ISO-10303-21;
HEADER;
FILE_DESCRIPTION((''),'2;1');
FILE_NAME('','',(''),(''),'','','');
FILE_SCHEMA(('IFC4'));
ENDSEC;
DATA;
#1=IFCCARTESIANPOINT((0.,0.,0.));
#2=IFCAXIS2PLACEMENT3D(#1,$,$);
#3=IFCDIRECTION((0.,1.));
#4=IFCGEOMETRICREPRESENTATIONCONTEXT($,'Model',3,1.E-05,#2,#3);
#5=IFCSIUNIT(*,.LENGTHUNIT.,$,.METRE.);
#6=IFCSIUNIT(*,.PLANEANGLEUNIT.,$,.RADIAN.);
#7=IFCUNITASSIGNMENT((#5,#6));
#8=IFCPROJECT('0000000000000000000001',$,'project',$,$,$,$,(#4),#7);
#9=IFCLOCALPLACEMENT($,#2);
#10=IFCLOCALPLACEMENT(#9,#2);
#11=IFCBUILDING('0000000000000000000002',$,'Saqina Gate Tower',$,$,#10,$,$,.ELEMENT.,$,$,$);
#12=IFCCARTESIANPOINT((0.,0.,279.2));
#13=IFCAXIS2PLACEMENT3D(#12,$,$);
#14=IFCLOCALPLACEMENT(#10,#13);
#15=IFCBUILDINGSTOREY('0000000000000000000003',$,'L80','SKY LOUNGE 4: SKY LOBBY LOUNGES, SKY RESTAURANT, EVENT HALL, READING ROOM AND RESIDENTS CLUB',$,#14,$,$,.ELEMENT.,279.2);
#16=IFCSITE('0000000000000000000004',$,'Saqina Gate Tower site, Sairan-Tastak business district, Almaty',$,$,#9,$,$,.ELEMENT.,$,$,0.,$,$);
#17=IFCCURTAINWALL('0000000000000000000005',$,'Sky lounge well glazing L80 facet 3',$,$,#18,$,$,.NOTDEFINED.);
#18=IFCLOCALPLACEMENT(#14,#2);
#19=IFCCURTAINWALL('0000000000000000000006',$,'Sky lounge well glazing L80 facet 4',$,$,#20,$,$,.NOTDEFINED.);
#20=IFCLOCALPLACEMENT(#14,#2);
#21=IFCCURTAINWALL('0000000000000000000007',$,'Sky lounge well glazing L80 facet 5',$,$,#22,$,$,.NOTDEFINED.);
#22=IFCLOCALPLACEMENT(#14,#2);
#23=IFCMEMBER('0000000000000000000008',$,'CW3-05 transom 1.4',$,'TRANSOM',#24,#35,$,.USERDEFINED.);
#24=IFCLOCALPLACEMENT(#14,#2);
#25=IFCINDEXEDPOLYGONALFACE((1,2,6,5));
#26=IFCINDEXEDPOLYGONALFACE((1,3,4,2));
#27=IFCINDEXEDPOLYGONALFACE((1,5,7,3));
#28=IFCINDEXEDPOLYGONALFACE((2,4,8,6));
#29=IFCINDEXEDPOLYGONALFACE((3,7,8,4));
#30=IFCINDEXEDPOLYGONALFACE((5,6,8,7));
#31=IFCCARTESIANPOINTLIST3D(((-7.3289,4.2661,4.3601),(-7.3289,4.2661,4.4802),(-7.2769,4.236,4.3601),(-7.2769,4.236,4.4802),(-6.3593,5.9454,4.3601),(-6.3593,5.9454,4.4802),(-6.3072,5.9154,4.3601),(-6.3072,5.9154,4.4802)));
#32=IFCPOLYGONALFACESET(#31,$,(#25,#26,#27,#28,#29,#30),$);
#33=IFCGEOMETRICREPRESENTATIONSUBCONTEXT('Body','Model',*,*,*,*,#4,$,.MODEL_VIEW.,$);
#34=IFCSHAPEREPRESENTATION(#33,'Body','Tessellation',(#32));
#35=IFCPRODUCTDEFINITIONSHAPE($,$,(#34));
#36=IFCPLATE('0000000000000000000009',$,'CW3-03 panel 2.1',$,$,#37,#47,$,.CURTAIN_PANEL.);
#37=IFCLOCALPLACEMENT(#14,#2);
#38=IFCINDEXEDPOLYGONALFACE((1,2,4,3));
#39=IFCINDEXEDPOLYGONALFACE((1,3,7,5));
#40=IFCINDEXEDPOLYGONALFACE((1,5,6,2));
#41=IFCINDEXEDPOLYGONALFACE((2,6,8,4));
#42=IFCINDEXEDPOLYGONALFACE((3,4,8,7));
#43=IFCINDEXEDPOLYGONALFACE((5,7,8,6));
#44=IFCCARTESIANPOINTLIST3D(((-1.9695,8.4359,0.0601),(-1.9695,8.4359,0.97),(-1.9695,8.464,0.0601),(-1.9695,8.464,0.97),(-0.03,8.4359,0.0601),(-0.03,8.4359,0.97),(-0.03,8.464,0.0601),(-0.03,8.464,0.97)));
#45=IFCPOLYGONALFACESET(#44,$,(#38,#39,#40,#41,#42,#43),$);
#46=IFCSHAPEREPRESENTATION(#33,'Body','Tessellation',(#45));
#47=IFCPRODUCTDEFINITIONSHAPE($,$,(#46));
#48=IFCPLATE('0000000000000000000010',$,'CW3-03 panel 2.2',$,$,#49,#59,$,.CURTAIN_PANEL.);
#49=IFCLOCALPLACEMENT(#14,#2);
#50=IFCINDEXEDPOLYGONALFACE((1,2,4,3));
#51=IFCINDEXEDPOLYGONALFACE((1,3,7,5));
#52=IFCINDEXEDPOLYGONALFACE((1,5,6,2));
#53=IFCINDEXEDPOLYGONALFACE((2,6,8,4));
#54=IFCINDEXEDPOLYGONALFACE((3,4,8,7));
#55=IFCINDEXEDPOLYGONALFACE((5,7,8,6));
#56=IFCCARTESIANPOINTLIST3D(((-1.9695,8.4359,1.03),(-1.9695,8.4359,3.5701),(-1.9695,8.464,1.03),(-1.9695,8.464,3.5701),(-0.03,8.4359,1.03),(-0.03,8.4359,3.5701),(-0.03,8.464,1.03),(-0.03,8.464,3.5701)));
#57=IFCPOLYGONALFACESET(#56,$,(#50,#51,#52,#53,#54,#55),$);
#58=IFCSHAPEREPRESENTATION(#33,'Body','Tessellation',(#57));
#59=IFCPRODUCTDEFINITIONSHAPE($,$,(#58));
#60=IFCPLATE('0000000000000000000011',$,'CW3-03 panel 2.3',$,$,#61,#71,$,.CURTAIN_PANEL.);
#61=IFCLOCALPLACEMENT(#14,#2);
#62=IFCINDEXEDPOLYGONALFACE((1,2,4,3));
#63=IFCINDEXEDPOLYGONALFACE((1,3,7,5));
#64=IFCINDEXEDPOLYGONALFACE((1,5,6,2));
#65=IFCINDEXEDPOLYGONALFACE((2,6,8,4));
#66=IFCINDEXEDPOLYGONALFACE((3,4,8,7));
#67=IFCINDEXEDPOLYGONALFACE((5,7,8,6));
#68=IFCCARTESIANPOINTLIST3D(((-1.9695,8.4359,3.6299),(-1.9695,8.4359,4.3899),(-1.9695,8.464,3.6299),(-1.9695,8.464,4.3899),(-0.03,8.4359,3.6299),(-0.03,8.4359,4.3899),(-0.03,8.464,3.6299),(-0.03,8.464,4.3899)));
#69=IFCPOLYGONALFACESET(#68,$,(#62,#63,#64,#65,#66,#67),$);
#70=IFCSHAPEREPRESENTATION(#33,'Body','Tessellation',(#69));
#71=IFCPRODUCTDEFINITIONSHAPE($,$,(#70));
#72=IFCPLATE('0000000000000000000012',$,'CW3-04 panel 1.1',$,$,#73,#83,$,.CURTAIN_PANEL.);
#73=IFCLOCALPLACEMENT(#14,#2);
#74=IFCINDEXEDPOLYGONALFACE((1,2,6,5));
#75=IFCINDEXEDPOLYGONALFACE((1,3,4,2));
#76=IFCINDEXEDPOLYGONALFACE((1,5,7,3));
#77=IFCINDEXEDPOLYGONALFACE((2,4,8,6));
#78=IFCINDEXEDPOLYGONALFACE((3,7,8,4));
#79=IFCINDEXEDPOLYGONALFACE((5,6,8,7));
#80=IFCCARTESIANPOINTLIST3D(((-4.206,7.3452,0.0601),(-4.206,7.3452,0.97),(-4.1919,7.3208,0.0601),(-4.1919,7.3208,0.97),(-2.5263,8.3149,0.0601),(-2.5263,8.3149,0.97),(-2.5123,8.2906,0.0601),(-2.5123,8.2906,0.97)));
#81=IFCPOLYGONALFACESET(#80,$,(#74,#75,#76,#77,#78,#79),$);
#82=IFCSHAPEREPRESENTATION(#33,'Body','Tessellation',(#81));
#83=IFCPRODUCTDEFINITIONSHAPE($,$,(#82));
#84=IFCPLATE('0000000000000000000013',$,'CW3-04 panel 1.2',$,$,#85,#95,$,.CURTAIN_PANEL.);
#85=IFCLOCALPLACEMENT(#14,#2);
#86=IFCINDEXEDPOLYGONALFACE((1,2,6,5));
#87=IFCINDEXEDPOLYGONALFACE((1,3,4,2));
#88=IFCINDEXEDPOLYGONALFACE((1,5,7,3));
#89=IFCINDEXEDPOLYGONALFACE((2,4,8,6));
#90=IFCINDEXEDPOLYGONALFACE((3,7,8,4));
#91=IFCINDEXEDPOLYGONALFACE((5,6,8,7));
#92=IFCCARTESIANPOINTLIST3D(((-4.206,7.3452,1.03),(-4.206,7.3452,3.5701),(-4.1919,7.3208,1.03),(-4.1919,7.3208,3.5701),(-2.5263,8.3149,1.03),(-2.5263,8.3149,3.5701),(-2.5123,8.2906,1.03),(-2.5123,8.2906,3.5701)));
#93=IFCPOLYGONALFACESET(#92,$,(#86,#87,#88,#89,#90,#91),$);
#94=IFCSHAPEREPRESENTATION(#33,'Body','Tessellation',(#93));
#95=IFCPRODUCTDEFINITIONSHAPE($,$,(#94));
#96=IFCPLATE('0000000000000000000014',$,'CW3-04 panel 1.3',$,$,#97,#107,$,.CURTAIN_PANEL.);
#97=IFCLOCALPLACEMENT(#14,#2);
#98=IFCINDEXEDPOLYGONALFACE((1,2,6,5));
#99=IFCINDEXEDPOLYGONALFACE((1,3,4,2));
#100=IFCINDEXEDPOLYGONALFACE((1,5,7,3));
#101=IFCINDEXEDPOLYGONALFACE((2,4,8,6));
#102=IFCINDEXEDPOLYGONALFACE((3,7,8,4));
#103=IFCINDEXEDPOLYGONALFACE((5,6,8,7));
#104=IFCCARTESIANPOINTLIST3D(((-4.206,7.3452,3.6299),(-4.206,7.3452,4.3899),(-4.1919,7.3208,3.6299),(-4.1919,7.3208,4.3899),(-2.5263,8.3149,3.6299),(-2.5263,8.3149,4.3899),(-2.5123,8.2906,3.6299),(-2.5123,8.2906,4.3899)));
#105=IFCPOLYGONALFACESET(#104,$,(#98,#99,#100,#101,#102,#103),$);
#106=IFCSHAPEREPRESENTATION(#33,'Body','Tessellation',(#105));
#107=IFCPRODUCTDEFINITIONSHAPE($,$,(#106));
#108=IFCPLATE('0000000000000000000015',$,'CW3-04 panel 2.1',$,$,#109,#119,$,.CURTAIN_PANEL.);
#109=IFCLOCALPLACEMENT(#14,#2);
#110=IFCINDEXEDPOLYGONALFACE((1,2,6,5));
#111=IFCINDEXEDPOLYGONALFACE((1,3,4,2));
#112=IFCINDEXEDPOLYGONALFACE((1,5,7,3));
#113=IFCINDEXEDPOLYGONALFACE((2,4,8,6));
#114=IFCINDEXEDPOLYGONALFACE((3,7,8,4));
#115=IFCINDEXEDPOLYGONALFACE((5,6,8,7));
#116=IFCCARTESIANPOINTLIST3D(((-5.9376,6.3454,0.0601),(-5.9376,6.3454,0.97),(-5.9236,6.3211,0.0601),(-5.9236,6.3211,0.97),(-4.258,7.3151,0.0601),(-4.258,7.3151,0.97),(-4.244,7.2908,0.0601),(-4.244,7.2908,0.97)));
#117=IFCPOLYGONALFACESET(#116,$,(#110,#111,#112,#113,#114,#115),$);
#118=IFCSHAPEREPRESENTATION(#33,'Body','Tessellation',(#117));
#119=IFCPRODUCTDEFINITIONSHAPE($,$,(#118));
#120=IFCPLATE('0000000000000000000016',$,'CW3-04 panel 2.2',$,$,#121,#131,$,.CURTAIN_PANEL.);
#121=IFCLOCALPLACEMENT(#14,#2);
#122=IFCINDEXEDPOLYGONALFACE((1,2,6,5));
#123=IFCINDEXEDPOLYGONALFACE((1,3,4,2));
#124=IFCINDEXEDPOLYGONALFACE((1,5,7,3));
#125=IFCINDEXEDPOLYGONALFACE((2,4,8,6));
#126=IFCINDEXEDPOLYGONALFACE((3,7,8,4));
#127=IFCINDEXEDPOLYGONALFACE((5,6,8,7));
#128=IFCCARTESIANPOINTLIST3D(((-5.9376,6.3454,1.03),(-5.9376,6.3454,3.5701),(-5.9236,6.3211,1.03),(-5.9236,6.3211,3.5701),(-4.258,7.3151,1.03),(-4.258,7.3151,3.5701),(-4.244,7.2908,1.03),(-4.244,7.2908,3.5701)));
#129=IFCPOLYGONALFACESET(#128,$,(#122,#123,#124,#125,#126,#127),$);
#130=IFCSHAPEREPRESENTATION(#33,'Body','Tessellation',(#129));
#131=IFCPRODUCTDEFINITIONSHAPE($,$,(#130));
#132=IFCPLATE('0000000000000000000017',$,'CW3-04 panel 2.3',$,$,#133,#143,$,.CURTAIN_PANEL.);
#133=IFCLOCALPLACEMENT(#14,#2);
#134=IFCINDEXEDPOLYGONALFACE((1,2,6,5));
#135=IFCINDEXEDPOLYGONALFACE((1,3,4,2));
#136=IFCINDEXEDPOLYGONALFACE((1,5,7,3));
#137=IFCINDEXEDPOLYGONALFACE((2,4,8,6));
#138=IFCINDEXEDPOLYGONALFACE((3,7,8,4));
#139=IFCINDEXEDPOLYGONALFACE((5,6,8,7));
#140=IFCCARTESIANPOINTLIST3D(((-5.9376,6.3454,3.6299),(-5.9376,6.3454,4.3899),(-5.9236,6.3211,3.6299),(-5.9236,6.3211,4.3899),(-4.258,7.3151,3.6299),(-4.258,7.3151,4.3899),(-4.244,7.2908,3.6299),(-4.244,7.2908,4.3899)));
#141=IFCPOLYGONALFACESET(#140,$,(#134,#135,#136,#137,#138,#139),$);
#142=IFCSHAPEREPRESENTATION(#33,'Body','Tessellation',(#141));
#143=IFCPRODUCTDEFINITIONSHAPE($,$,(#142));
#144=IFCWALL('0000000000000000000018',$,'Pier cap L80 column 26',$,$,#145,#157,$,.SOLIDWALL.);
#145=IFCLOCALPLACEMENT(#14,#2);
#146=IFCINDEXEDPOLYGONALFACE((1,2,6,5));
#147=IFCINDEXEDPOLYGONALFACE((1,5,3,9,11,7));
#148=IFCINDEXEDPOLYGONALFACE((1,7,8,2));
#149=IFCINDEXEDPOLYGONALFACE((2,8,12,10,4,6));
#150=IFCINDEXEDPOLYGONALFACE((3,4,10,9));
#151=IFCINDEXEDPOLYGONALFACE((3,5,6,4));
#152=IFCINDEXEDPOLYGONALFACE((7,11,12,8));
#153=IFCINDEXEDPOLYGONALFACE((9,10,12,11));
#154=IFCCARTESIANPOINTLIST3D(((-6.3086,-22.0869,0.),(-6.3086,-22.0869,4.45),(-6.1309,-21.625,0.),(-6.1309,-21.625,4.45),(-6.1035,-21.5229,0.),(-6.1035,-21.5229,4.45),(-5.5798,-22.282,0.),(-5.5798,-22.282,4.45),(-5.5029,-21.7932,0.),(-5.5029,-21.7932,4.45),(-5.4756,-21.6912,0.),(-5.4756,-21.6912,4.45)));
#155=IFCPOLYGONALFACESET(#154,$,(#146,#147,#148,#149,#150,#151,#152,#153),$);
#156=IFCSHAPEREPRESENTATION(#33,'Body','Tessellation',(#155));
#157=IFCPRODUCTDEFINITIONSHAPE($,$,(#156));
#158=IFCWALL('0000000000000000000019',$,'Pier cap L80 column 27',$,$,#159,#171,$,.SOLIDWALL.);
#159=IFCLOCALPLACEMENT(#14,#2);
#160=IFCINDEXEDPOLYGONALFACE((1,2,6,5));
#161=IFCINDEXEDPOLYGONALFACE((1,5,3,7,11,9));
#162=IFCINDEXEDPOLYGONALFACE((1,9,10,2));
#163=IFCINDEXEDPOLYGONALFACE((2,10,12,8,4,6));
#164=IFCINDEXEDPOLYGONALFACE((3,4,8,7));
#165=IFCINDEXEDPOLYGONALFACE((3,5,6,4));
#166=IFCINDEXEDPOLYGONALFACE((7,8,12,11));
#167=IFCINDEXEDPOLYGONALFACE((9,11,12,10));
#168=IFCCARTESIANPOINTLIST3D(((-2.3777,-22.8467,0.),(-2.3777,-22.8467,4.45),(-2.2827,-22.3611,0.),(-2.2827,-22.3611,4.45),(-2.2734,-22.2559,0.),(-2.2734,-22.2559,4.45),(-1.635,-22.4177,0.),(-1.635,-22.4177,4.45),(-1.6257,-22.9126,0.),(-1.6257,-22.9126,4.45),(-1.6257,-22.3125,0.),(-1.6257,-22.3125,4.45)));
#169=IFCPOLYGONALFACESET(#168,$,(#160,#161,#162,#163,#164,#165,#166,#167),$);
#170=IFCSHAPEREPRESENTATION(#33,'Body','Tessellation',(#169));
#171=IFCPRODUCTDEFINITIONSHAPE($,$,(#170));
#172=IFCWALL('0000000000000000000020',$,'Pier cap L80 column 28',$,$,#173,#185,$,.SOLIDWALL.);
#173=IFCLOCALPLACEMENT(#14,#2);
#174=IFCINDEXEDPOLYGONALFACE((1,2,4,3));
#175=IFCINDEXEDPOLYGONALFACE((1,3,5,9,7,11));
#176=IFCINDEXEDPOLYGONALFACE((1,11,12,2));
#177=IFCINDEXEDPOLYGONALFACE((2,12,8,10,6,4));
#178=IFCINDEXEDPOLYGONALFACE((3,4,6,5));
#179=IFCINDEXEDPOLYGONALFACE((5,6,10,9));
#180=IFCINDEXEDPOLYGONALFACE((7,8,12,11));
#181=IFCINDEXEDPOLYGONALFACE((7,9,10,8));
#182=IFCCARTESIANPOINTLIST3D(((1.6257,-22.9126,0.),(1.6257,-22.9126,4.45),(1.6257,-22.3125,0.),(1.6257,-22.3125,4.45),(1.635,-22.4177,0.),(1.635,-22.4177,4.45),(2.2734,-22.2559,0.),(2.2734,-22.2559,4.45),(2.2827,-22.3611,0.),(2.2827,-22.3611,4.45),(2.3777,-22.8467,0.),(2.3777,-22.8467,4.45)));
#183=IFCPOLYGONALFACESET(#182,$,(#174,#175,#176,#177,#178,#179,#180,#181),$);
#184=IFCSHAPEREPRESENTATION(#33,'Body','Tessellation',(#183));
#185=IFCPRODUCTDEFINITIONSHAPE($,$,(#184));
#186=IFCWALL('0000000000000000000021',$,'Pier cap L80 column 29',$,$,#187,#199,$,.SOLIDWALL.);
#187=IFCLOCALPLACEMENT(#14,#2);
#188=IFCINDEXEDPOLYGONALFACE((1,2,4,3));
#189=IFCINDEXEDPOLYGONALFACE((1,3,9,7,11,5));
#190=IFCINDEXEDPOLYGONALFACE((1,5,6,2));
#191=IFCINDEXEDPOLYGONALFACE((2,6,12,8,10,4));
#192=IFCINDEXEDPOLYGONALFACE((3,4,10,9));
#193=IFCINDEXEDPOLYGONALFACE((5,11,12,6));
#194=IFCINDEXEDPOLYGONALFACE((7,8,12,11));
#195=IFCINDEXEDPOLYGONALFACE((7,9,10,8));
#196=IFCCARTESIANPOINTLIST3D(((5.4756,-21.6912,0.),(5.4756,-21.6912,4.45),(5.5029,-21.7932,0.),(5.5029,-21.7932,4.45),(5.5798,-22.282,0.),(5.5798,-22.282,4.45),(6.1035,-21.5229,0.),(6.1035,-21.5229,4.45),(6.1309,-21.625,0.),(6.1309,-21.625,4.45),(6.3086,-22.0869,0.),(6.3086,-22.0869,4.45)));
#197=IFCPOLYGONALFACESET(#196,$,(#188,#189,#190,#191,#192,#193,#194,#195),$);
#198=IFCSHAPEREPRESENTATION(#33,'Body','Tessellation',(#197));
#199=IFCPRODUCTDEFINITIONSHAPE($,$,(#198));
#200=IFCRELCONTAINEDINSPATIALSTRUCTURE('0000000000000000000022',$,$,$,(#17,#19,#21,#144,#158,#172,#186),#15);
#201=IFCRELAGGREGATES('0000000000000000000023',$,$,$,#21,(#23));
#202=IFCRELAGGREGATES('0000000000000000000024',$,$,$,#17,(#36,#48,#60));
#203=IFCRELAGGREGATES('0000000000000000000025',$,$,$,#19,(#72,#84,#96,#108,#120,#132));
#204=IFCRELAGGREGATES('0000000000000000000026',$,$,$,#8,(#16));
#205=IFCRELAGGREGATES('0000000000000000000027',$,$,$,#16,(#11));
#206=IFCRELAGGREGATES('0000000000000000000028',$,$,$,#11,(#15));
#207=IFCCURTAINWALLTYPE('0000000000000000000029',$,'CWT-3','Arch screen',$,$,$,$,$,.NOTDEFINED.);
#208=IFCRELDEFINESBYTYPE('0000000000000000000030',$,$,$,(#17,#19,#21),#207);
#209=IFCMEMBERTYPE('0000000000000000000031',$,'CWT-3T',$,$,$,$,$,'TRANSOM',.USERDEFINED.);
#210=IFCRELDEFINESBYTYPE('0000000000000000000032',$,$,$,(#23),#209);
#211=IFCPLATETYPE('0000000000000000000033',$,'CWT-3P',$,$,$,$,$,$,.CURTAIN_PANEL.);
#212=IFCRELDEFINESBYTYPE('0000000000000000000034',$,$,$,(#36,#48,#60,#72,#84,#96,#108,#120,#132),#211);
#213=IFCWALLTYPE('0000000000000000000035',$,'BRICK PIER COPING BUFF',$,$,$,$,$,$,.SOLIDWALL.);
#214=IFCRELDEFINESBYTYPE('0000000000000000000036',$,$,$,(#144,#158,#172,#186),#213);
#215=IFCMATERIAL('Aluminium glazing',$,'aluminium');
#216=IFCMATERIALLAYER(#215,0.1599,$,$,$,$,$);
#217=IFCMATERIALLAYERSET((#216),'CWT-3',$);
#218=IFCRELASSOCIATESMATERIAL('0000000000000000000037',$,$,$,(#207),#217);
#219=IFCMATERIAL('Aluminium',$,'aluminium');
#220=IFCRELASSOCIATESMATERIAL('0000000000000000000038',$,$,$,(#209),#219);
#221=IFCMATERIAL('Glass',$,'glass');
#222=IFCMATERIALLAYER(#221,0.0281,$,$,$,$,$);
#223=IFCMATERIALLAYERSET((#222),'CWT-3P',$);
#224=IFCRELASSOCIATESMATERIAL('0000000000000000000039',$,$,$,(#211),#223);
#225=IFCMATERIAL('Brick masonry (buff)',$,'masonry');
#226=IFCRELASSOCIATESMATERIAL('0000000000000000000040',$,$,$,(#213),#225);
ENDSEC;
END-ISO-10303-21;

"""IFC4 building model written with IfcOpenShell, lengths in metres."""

from ifc_helpers import new_model, si_unit, direction, frame, origin, origin_2d, place, context, subcontext, project, spatial, polyline, rectangle, outline, extrude, material, layer, layer_set, material_profile, profile_set, type_object, element, aggregate, save


model = new_model("IFC4")

# Units and contexts
model_context = context("Model", 3, precision=1e-05, world=origin(), true_north=direction((0.0, 1.0)))
body_context = subcontext(model_context, "Body", "Model", "MODEL_VIEW")
ifc_project = project(units=[si_unit("LENGTHUNIT", "METRE"), si_unit("PLANEANGLEUNIT", "RADIAN")], contexts=[model_context])

# Site, building, storey
site_placement = place(None, origin())
site = spatial("IfcSite", under=ifc_project, at=site_placement, Name="Saqina Gate Tower site, Sairan-Tastak business district, Almaty", CompositionType="ELEMENT", RefElevation=0.0)
building_placement = place(site_placement, origin())
building = spatial("IfcBuilding", under=site, at=building_placement, Name="Saqina Gate Tower", CompositionType="ELEMENT")
storey_placement = place(building_placement, frame((0.0, 0.0, 279.2)))
storey = spatial("IfcBuildingStorey", under=building, at=storey_placement, Name="L80", Description="SKY LOUNGE 4: SKY LOBBY LOUNGES, SKY RESTAURANT, EVENT HALL, READING ROOM AND RESIDENTS CLUB", CompositionType="ELEMENT", Elevation=279.2)

# Curtain wall
ifc_material_1 = material(Name="Aluminium glazing", Category="aluminium")
ifc_layer_1 = layer(ifc_material_1, 0.1599)
ifc_layer_set_1 = layer_set([ifc_layer_1], Name="CWT-3")
curtain_wall_type = type_object("IfcCurtainWallType", Name="CWT-3", Description="Arch screen", PredefinedType="NOTDEFINED", material=ifc_layer_set_1)
curtain_wall_1_placement = place(storey_placement, origin())
curtain_wall_1 = element("IfcCurtainWall", 1, at=curtain_wall_1_placement, inside=storey, type_object=curtain_wall_type, Name="Sky lounge well glazing L80 facet 3", PredefinedType="NOTDEFINED")

# Curtain wall
curtain_wall_2_placement = place(storey_placement, origin())
curtain_wall_2 = element("IfcCurtainWall", 2, at=curtain_wall_2_placement, inside=storey, type_object=curtain_wall_type, Name="Sky lounge well glazing L80 facet 4", PredefinedType="NOTDEFINED")

# Curtain wall
curtain_wall_3_placement = place(storey_placement, origin())
curtain_wall_3 = element("IfcCurtainWall", 3, at=curtain_wall_3_placement, inside=storey, type_object=curtain_wall_type, Name="Sky lounge well glazing L80 facet 5", PredefinedType="NOTDEFINED")

# Member
ifc_material_2 = material(Name="Aluminium", Category="aluminium")
ifc_material_profile_1 = material_profile(ifc_material_2, rectangle(XDim=0.0601, YDim=0.1201, at=origin_2d()), Name="Aluminium 60x120")
ifc_profile_set_1 = profile_set([ifc_material_profile_1], Name="Aluminium")
member_type_1 = type_object("IfcMemberType", Name="CWT-3T", ElementType="TRANSOM", PredefinedType="USERDEFINED", material=ifc_profile_set_1)
member_1_placement = place(storey_placement, frame((-6.3333, 5.9304, 4.4202), z_axis=(-0.500038, -0.866003, 0.0), x_axis=(0.866003, -0.500038, 0.0)))
member_1 = element("IfcMember", 4, at=member_1_placement, type_object=member_type_1, Name="CW3-05 transom 1.4", ObjectType="TRANSOM", PredefinedType="USERDEFINED", context=body_context, shape_type="SweptSolid", body=[
    extrude(rectangle(XDim=0.0601, YDim=0.1201, at=origin_2d()), origin(), (0.0, 0.0, 1.0), 1.9392),
])
aggregate(curtain_wall_3, [member_1])

# Plates
ifc_material_3 = material(Name="Glass", Category="glass")
ifc_layer_2 = layer(ifc_material_3, 0.0281)
ifc_layer_set_2 = layer_set([ifc_layer_2], Name="CWT-3P")
plate_type = type_object("IfcPlateType", Name="CWT-3P", PredefinedType="CURTAIN_PANEL", material=ifc_layer_set_2)
plate_1_placement = place(storey_placement, frame((-0.9998, 8.45, 0.0601), z_axis=(0.0, 0.0, 1.0), x_axis=(-1.0, 0.0, 0.0)))
plate_1 = element("IfcPlate", 5, at=plate_1_placement, type_object=plate_type, Name="CW3-03 panel 2.1", PredefinedType="CURTAIN_PANEL", context=body_context, shape_type="SweptSolid", body=[
    extrude(rectangle(XDim=1.9395, YDim=0.0281, at=origin_2d()), origin(), (0.0, 0.0, 1.0), 0.9099),
])
plate_2_placement = place(storey_placement, frame((-0.9998, 8.45, 1.03), z_axis=(0.0, 0.0, 1.0), x_axis=(-1.0, 0.0, 0.0)))
plate_2 = element("IfcPlate", 6, at=plate_2_placement, type_object=plate_type, Name="CW3-03 panel 2.2", PredefinedType="CURTAIN_PANEL", context=body_context, shape_type="SweptSolid", body=[
    extrude(rectangle(XDim=1.9395, YDim=0.0281, at=origin_2d()), origin(), (0.0, 0.0, 1.0), 2.54),
])
plate_3_placement = place(storey_placement, frame((-0.9998, 8.45, 3.6299), z_axis=(0.0, 0.0, 1.0), x_axis=(-1.0, 0.0, 0.0)))
plate_3 = element("IfcPlate", 7, at=plate_3_placement, type_object=plate_type, Name="CW3-03 panel 2.3", PredefinedType="CURTAIN_PANEL", context=body_context, shape_type="SweptSolid", body=[
    extrude(rectangle(XDim=1.9395, YDim=0.0281, at=origin_2d()), origin(), (0.0, 0.0, 1.0), 0.76),
])
aggregate(curtain_wall_1, [plate_1, plate_2, plate_3])
plate_4_placement = place(storey_placement, frame((-3.3591, 7.8179, 0.0601), z_axis=(0.0, 0.0, 1.0), x_axis=(-0.866024, -0.500003, 0.0)))
plate_4 = element("IfcPlate", 8, at=plate_4_placement, type_object=plate_type, Name="CW3-04 panel 1.1", PredefinedType="CURTAIN_PANEL", context=body_context, shape_type="SweptSolid", body=[
    extrude(rectangle(XDim=1.9395, YDim=0.0281, at=origin_2d()), origin(), (0.0, 0.0, 1.0), 0.9099),
])
plate_5_placement = place(storey_placement, frame((-3.3591, 7.8179, 1.03), z_axis=(0.0, 0.0, 1.0), x_axis=(-0.866024, -0.500003, 0.0)))
plate_5 = element("IfcPlate", 9, at=plate_5_placement, type_object=plate_type, Name="CW3-04 panel 1.2", PredefinedType="CURTAIN_PANEL", context=body_context, shape_type="SweptSolid", body=[
    extrude(rectangle(XDim=1.9395, YDim=0.0281, at=origin_2d()), origin(), (0.0, 0.0, 1.0), 2.54),
])
plate_6_placement = place(storey_placement, frame((-3.3591, 7.8179, 3.6299), z_axis=(0.0, 0.0, 1.0), x_axis=(-0.866024, -0.500003, 0.0)))
plate_6 = element("IfcPlate", 10, at=plate_6_placement, type_object=plate_type, Name="CW3-04 panel 1.3", PredefinedType="CURTAIN_PANEL", context=body_context, shape_type="SweptSolid", body=[
    extrude(rectangle(XDim=1.9395, YDim=0.0281, at=origin_2d()), origin(), (0.0, 0.0, 1.0), 0.76),
])
plate_7_placement = place(storey_placement, frame((-5.0908, 6.8181, 0.0601), z_axis=(0.0, 0.0, 1.0), x_axis=(-0.866024, -0.500003, 0.0)))
plate_7 = element("IfcPlate", 11, at=plate_7_placement, type_object=plate_type, Name="CW3-04 panel 2.1", PredefinedType="CURTAIN_PANEL", context=body_context, shape_type="SweptSolid", body=[
    extrude(rectangle(XDim=1.9395, YDim=0.0281, at=origin_2d()), origin(), (0.0, 0.0, 1.0), 0.9099),
])
plate_8_placement = place(storey_placement, frame((-5.0908, 6.8181, 1.03), z_axis=(0.0, 0.0, 1.0), x_axis=(-0.866024, -0.500003, 0.0)))
plate_8 = element("IfcPlate", 12, at=plate_8_placement, type_object=plate_type, Name="CW3-04 panel 2.2", PredefinedType="CURTAIN_PANEL", context=body_context, shape_type="SweptSolid", body=[
    extrude(rectangle(XDim=1.9395, YDim=0.0281, at=origin_2d()), origin(), (0.0, 0.0, 1.0), 2.54),
])
plate_9_placement = place(storey_placement, frame((-5.0908, 6.8181, 3.6299), z_axis=(0.0, 0.0, 1.0), x_axis=(-0.866024, -0.500003, 0.0)))
plate_9 = element("IfcPlate", 13, at=plate_9_placement, type_object=plate_type, Name="CW3-04 panel 2.3", PredefinedType="CURTAIN_PANEL", context=body_context, shape_type="SweptSolid", body=[
    extrude(rectangle(XDim=1.9395, YDim=0.0281, at=origin_2d()), origin(), (0.0, 0.0, 1.0), 0.76),
])
aggregate(curtain_wall_2, [plate_4, plate_5, plate_6, plate_7, plate_8, plate_9])

# Walls
ifc_material_4 = material(Name="Brick masonry (buff)", Category="masonry")
wall_type_1 = type_object("IfcWallType", Name="BRICK PIER COPING BUFF", PredefinedType="SOLIDWALL", material=ifc_material_4)
wall_1_placement = place(storey_placement, origin())
element("IfcWall", 14, at=wall_1_placement, inside=storey, type_object=wall_type_1, Name="Pier cap L80 column 26", PredefinedType="SOLIDWALL", context=body_context, shape_type="SweptSolid", body=[
    extrude(outline(polyline([(-5.5798, -22.282), (-5.4756, -21.6912), (-5.5029, -21.7932), (-6.1309, -21.625), (-6.1035, -21.5229), (-6.3086, -22.0869), (-5.5798, -22.282)])), origin(), (0.0, 0.0, 1.0), 4.45),
])
wall_2_placement = place(storey_placement, origin())
element("IfcWall", 15, at=wall_2_placement, inside=storey, type_object=wall_type_1, Name="Pier cap L80 column 27", PredefinedType="SOLIDWALL", context=body_context, shape_type="SweptSolid", body=[
    extrude(outline(polyline([(-2.3777, -22.8467), (-1.6257, -22.9126), (-1.6257, -22.3125), (-1.635, -22.4177), (-2.2827, -22.3611), (-2.2734, -22.2559), (-2.3777, -22.8467)])), origin(), (0.0, 0.0, 1.0), 4.45),
])
wall_3_placement = place(storey_placement, origin())
element("IfcWall", 16, at=wall_3_placement, inside=storey, type_object=wall_type_1, Name="Pier cap L80 column 28", PredefinedType="SOLIDWALL", context=body_context, shape_type="SweptSolid", body=[
    extrude(outline(polyline([(1.6257, -22.9126), (2.3777, -22.8467), (2.2734, -22.2559), (2.2827, -22.3611), (1.635, -22.4177), (1.6257, -22.3125), (1.6257, -22.9126)])), origin(), (0.0, 0.0, 1.0), 4.45),
])
wall_4_placement = place(storey_placement, origin())
element("IfcWall", 17, at=wall_4_placement, inside=storey, type_object=wall_type_1, Name="Pier cap L80 column 29", PredefinedType="SOLIDWALL", context=body_context, shape_type="SweptSolid", body=[
    extrude(outline(polyline([(6.3086, -22.0869), (6.1035, -21.5229), (6.1309, -21.625), (5.5029, -21.7932), (5.4756, -21.6912), (5.5798, -22.282), (6.3086, -22.0869)])), origin(), (0.0, 0.0, 1.0), 4.45),
])

save(model, "model.ifc")
